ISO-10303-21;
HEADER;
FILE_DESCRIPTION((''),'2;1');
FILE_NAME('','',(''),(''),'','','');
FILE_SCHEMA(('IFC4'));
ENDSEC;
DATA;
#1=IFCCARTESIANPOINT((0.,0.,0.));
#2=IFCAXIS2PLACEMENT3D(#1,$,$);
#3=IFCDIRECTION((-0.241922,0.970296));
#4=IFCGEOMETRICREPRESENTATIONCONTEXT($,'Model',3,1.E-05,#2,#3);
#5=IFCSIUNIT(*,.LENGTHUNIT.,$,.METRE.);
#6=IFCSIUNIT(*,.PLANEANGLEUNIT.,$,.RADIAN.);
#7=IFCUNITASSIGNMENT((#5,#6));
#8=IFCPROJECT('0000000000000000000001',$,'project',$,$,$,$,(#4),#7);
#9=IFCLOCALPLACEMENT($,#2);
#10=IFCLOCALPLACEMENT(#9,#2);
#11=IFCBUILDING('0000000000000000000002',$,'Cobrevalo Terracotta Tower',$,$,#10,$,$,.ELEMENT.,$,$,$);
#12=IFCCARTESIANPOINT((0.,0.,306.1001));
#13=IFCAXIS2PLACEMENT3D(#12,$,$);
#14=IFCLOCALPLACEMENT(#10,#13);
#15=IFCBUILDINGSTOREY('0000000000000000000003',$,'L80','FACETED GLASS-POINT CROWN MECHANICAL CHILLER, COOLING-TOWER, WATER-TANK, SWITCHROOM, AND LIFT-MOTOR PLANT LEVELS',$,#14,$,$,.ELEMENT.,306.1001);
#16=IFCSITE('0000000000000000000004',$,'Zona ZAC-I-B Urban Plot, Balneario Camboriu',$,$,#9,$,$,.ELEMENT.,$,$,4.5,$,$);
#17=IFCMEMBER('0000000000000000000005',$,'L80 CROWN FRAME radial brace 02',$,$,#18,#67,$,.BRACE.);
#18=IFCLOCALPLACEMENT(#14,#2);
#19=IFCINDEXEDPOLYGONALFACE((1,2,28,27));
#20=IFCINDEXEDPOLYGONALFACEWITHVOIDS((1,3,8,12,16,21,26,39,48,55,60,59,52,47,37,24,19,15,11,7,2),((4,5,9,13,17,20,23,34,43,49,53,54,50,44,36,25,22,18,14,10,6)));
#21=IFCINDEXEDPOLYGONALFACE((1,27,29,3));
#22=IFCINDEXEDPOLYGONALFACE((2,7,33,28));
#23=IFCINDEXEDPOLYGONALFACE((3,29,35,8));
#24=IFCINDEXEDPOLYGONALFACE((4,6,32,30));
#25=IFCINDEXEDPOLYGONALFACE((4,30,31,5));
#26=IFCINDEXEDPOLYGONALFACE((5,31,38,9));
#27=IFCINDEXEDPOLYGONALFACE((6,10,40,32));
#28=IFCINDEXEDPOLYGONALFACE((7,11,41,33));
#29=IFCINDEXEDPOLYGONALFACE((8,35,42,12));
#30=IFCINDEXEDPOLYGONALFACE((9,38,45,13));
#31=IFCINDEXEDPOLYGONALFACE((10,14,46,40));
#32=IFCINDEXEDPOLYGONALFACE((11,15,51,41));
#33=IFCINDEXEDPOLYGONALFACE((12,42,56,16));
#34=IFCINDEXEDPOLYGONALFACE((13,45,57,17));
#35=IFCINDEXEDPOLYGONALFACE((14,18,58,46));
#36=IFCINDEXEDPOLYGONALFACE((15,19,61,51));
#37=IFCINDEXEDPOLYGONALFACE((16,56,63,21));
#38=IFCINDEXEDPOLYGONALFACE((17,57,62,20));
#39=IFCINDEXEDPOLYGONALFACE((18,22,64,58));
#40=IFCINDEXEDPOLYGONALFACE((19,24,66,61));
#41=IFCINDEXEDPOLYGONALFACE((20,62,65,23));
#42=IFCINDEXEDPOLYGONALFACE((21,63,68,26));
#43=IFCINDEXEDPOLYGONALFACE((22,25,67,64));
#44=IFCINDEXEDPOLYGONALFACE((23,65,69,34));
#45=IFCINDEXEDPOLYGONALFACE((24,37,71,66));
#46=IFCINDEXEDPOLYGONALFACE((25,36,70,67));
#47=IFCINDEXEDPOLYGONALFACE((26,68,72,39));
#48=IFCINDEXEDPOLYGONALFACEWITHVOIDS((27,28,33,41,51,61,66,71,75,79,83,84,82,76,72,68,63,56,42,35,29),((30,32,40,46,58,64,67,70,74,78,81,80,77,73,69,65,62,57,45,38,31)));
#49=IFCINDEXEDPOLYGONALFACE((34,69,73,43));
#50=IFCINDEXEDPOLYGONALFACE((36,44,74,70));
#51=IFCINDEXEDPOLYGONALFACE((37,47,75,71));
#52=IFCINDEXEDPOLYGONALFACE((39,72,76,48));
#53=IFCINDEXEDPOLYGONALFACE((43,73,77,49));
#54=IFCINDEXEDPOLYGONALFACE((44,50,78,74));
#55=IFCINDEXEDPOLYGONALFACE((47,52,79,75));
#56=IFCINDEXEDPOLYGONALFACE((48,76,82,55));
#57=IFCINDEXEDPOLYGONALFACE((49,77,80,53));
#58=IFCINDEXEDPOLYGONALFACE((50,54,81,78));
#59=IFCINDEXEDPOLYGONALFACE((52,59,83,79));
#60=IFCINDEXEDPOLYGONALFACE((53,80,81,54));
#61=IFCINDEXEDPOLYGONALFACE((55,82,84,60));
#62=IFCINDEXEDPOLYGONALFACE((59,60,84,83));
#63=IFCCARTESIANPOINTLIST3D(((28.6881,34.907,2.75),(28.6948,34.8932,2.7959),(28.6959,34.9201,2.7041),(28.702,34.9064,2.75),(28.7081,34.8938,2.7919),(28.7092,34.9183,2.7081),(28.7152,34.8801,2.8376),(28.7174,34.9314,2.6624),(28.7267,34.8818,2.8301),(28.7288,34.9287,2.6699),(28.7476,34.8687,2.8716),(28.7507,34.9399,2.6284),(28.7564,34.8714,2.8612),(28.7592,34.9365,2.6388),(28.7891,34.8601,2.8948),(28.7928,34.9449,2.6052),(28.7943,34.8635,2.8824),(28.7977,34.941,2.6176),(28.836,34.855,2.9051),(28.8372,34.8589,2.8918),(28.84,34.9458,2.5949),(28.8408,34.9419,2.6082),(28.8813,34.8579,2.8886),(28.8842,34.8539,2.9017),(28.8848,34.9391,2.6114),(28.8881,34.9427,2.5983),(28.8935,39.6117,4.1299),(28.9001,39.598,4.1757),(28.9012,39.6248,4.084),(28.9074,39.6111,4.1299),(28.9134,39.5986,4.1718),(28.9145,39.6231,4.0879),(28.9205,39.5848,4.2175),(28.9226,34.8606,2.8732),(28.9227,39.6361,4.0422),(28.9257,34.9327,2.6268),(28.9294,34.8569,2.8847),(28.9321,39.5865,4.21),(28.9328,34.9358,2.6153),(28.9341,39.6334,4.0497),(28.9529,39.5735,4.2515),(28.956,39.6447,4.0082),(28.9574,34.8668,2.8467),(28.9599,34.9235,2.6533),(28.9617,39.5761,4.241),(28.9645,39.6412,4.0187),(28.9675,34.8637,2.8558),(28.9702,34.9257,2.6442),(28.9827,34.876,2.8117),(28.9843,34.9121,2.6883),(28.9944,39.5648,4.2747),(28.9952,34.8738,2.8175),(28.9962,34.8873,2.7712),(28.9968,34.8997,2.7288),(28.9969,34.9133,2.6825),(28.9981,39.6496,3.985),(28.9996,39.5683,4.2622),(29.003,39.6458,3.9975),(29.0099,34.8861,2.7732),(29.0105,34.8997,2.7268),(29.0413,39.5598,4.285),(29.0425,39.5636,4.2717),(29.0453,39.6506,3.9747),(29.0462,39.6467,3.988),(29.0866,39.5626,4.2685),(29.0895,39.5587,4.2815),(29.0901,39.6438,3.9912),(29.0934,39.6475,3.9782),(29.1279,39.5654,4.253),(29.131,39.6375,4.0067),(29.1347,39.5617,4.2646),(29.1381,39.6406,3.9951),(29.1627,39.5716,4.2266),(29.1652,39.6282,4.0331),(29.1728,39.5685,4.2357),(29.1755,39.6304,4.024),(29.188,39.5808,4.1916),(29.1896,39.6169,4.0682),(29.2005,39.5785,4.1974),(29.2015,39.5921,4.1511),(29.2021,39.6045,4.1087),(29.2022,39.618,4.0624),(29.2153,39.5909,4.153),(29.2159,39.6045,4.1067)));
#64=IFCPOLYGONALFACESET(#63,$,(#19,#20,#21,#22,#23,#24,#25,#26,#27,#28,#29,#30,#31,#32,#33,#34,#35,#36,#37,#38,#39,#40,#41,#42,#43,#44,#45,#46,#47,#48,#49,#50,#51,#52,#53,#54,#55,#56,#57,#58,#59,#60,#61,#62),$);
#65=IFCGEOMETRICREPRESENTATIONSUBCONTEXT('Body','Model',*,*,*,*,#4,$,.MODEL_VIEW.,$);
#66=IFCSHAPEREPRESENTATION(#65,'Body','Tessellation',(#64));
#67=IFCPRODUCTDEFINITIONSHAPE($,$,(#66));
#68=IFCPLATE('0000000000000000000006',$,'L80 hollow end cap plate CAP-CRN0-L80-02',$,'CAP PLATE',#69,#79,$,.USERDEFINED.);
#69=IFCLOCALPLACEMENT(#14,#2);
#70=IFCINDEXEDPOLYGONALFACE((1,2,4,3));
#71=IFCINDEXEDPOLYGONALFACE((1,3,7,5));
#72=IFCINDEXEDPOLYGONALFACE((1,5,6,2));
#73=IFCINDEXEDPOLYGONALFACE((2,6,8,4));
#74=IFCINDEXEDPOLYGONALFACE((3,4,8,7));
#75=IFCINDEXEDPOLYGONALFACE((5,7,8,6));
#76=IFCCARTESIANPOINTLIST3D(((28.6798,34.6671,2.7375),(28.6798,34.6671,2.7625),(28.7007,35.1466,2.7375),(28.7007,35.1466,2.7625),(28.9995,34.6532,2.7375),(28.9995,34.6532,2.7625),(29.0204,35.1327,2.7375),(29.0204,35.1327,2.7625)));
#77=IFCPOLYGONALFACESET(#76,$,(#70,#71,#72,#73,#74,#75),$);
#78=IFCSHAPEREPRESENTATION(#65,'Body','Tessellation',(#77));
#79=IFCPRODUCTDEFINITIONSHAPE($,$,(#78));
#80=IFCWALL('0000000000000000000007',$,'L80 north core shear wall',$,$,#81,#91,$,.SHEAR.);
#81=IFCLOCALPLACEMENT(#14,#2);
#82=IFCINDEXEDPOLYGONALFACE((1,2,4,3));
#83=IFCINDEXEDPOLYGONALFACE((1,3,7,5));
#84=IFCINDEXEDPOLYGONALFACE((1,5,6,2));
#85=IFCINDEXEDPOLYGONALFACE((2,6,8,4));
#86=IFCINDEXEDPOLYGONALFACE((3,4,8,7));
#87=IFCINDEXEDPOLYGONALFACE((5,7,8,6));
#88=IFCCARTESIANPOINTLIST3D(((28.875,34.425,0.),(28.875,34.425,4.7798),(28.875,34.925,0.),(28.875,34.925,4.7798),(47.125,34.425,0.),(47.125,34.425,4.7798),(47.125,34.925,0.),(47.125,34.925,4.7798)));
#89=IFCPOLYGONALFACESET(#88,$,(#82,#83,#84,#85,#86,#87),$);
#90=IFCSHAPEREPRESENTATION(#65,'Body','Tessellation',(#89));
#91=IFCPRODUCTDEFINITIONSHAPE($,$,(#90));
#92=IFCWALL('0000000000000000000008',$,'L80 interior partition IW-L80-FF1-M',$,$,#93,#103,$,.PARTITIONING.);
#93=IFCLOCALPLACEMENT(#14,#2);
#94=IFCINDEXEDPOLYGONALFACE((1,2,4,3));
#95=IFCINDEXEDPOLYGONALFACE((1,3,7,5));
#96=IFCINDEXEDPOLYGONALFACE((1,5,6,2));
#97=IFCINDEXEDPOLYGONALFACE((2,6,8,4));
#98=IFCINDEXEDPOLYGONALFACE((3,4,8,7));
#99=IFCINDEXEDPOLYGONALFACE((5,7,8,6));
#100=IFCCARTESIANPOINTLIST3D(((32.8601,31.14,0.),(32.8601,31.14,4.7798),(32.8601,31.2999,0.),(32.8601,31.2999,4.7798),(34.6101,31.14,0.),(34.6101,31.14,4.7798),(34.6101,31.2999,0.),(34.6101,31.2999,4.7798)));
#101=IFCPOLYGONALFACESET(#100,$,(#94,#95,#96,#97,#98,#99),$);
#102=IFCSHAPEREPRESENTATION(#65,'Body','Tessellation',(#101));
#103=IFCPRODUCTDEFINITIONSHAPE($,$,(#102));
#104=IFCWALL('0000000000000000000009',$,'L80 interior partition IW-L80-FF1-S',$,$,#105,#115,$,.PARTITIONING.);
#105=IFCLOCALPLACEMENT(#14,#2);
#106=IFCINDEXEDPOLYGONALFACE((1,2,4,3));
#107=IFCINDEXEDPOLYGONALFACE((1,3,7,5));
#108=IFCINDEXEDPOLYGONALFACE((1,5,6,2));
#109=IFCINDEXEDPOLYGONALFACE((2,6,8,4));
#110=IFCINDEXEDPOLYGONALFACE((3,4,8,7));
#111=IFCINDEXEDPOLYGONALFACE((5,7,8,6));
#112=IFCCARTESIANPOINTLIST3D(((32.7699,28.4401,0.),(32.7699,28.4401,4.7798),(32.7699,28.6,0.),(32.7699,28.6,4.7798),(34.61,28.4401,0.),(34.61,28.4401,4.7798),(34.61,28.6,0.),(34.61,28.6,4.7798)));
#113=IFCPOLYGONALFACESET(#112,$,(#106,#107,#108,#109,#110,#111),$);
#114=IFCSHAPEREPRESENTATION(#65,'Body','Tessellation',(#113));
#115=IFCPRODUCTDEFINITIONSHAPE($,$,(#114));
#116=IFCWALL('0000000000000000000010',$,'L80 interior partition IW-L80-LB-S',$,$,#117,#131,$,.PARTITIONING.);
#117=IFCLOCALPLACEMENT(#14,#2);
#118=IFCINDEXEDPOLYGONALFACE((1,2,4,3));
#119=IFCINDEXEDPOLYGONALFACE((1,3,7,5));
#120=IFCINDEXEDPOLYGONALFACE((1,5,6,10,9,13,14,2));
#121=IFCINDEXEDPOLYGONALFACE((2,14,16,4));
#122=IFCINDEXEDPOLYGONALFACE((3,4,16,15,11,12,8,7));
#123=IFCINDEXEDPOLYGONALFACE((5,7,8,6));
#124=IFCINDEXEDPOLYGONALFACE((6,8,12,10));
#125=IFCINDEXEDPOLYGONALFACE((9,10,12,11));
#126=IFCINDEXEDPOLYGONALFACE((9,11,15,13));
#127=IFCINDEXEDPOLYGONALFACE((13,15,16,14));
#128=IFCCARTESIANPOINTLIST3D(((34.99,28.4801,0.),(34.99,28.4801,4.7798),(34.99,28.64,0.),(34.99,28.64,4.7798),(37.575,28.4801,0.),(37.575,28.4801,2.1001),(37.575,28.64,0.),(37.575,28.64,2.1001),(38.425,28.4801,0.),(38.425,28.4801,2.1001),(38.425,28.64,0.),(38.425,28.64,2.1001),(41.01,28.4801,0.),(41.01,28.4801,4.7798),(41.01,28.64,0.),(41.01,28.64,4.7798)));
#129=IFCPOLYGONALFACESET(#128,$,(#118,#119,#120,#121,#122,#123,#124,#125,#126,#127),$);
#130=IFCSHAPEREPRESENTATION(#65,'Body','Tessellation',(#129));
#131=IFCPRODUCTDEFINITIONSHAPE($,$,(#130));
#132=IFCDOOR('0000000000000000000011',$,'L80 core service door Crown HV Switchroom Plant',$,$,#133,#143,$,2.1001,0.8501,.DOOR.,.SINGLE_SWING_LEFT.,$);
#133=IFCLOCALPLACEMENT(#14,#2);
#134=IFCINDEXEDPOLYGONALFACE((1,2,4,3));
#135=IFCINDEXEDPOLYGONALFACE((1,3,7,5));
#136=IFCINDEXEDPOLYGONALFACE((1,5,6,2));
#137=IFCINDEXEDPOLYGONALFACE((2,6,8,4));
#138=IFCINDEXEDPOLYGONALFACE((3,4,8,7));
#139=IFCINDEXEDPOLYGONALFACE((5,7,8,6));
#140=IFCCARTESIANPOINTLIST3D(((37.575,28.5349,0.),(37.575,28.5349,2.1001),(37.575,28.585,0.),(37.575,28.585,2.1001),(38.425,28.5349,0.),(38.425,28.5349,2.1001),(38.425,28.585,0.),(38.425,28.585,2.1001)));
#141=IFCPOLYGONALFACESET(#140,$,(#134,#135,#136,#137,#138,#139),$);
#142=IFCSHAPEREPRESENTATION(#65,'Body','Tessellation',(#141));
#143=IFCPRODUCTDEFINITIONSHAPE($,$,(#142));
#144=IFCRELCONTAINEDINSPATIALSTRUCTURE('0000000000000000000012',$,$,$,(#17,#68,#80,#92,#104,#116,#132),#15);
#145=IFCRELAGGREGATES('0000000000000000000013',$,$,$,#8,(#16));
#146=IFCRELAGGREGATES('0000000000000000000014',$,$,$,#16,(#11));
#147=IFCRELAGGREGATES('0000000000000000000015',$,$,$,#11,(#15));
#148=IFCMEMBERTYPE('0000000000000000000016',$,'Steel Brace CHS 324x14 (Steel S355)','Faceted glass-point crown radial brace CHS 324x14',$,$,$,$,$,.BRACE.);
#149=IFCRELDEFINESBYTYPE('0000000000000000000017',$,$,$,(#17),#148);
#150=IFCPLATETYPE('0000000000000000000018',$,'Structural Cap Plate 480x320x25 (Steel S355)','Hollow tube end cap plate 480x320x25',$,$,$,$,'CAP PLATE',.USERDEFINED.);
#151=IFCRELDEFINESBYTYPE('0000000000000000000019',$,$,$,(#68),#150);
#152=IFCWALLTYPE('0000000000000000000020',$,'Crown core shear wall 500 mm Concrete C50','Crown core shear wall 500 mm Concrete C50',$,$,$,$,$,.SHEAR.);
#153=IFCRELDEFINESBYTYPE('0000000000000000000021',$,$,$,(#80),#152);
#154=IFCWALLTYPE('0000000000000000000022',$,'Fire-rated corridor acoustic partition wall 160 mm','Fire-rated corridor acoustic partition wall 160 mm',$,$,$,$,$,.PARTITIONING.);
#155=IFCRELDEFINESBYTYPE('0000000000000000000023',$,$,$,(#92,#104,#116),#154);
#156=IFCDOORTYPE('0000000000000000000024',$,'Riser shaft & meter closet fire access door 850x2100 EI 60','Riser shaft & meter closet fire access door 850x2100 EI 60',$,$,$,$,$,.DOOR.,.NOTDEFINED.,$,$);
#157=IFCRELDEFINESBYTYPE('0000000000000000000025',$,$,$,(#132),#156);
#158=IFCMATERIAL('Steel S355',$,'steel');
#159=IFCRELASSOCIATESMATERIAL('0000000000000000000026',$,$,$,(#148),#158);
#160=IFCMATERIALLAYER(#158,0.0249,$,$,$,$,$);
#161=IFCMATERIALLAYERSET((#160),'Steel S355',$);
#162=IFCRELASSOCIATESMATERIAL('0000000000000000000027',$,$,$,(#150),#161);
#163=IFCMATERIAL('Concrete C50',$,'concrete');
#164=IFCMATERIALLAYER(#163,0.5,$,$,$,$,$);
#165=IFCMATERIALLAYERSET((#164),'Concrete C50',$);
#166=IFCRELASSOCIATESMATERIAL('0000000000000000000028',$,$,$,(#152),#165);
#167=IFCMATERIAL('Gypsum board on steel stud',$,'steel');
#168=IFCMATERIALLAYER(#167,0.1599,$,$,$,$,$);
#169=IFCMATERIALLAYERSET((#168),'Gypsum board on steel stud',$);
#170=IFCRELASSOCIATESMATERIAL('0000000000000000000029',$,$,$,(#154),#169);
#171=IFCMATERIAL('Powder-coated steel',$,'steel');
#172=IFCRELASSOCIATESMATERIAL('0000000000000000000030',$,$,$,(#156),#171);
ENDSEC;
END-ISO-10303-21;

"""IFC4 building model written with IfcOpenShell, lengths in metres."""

from ifc_helpers import new_model, si_unit, direction, frame, frame_2d, origin, origin_2d, place, context, subcontext, project, spatial, rectangle, hollow_circle, extrude, source, transform, mapped, material, layer, layer_set, material_profile, profile_set, type_object, element, fill, save


model = new_model("IFC4")

# Units and contexts
model_context = context("Model", 3, precision=1e-05, world=origin(), true_north=direction((-0.241922, 0.970296)))
body_context = subcontext(model_context, "Body", "Model", "MODEL_VIEW")
ifc_project = project(units=[si_unit("LENGTHUNIT", "METRE"), si_unit("PLANEANGLEUNIT", "RADIAN")], contexts=[model_context])

# Site, building, storey
site_placement = place(None, origin())
site = spatial("IfcSite", under=ifc_project, at=site_placement, Name="Zona ZAC-I-B Urban Plot, Balneario Camboriu", CompositionType="ELEMENT", RefElevation=4.5)
building_placement = place(site_placement, origin())
building = spatial("IfcBuilding", under=site, at=building_placement, Name="Cobrevalo Terracotta Tower", CompositionType="ELEMENT")
storey_placement = place(building_placement, frame((0.0, 0.0, 306.1001)))
storey = spatial("IfcBuildingStorey", under=building, at=storey_placement, Name="L80", Description="FACETED GLASS-POINT CROWN MECHANICAL CHILLER, COOLING-TOWER, WATER-TANK, SWITCHROOM, AND LIFT-MOTOR PLANT LEVELS", CompositionType="ELEMENT", Elevation=306.1001)

# Shared definitions
ifc_material_1 = material(Name="Steel S355", Category="steel")
ifc_material_2 = material(Name="Concrete C50", Category="concrete")

# Member
ifc_material_profile_1 = material_profile(ifc_material_1, hollow_circle(Radius=0.1621, WallThickness=0.0139, at=origin_2d()), Name="CHS 324x14")
ifc_profile_set_1 = profile_set([ifc_material_profile_1], Name="Steel S355")
member_type = type_object("IfcMemberType", Name="Steel Brace CHS 324x14 (Steel S355)", Description="Faceted glass-point crown radial brace CHS 324x14", PredefinedType="BRACE", material=ifc_profile_set_1)
shared_shape_1 = source(origin(), body_context, "Body", "SweptSolid", [
    extrude(hollow_circle(Radius=0.1621, WallThickness=0.0139, at=origin_2d()), origin(), (0.0, 0.0, 1.0), 4.9072),
])
member_placement = place(storey_placement, frame((28.8501, 34.8999, 2.75), z_axis=(0.04184, 0.95874, 0.281189), x_axis=(-0.999049, 0.043599, 0.0)))
element("IfcMember", 1, at=member_placement, inside=storey, type_object=member_type, Name="L80 CROWN FRAME radial brace 02", PredefinedType="BRACE", context=body_context, shape_type="MappedRepresentation", body=[
    mapped(shared_shape_1, transform((0.0, 0.0, 0.0), scale=1.0)),
])

# Plate
ifc_layer_1 = layer(ifc_material_1, 0.0249)
ifc_layer_set_1 = layer_set([ifc_layer_1], Name="Steel S355")
plate_type = type_object("IfcPlateType", Name="Structural Cap Plate 480x320x25 (Steel S355)", Description="Hollow tube end cap plate 480x320x25", ElementType="CAP PLATE", PredefinedType="USERDEFINED", material=ifc_layer_set_1)
shared_shape_2 = source(origin(), body_context, "Body", "SweptSolid", [
    extrude(rectangle(XDim=0.48, YDim=0.3201, at=origin_2d()), origin(), (0.0, 0.0, 1.0), 0.0249),
])
plate_placement = place(storey_placement, frame((28.8501, 34.8999, 2.7375), z_axis=(0.0, 0.0, 1.0), x_axis=(0.0436, 0.999049, 0.0)))
element("IfcPlate", 2, at=plate_placement, inside=storey, type_object=plate_type, Name="L80 hollow end cap plate CAP-CRN0-L80-02", ObjectType="CAP PLATE", PredefinedType="USERDEFINED", context=body_context, shape_type="MappedRepresentation", body=[
    mapped(shared_shape_2, transform((0.0, 0.0, 0.0), scale=1.0)),
])

# Walls
ifc_layer_2 = layer(ifc_material_2, 0.5)
ifc_layer_set_2 = layer_set([ifc_layer_2], Name="Concrete C50")
wall_type_1 = type_object("IfcWallType", Name="Crown core shear wall 500 mm Concrete C50", Description="Crown core shear wall 500 mm Concrete C50", PredefinedType="SHEAR", material=ifc_layer_set_2)
wall_1_placement = place(storey_placement, frame((28.875, 34.675, 0.0), z_axis=(0.0, 0.0, 1.0), x_axis=(1.0, 0.0, 0.0)))
element("IfcWall", 3, at=wall_1_placement, inside=storey, type_object=wall_type_1, Name="L80 north core shear wall", PredefinedType="SHEAR", context=body_context, shape_type="SweptSolid", body=[
    extrude(rectangle(XDim=18.25, YDim=0.5, at=frame_2d((9.125, 0.0))), origin(), (0.0, 0.0, 1.0), 4.7798),
])
ifc_material_3 = material(Name="Gypsum board on steel stud", Category="steel")
ifc_layer_3 = layer(ifc_material_3, 0.1599)
ifc_layer_set_3 = layer_set([ifc_layer_3], Name="Gypsum board on steel stud")
wall_type_2 = type_object("IfcWallType", Name="Fire-rated corridor acoustic partition wall 160 mm", Description="Fire-rated corridor acoustic partition wall 160 mm", PredefinedType="PARTITIONING", material=ifc_layer_set_3)
wall_2_placement = place(storey_placement, frame((32.8601, 31.22, 0.0), z_axis=(0.0, 0.0, 1.0), x_axis=(1.0, 0.0, 0.0)))
element("IfcWall", 4, at=wall_2_placement, inside=storey, type_object=wall_type_2, Name="L80 interior partition IW-L80-FF1-M", PredefinedType="PARTITIONING", context=body_context, shape_type="SweptSolid", body=[
    extrude(rectangle(XDim=1.75, YDim=0.1599, at=frame_2d((0.875, 0.0))), origin(), (0.0, 0.0, 1.0), 4.7798),
])
wall_3_placement = place(storey_placement, frame((32.77, 28.52, 0.0), z_axis=(0.0, 0.0, 1.0), x_axis=(1.0, 0.0, 0.0)))
element("IfcWall", 5, at=wall_3_placement, inside=storey, type_object=wall_type_2, Name="L80 interior partition IW-L80-FF1-S", PredefinedType="PARTITIONING", context=body_context, shape_type="SweptSolid", body=[
    extrude(rectangle(XDim=1.8401, YDim=0.1599, at=frame_2d((0.9199, 0.0))), origin(), (0.0, 0.0, 1.0), 4.7798),
])

# Wall, opening, door
wall_4_placement = place(storey_placement, frame((34.99, 28.5601, 0.0), z_axis=(0.0, 0.0, 1.0), x_axis=(1.0, 0.0, 0.0)))
wall_4 = element("IfcWall", 6, at=wall_4_placement, inside=storey, type_object=wall_type_2, Name="L80 interior partition IW-L80-LB-S", PredefinedType="PARTITIONING", context=body_context, shape_type="SweptSolid", body=[
    extrude(rectangle(XDim=6.02, YDim=0.1599, at=frame_2d((3.01, 0.0))), origin(), (0.0, 0.0, 1.0), 4.7798),
])
opening_1_placement = place(wall_4_placement, frame((2.585, 0.0, 0.0)))
opening_1 = element("IfcOpeningElement", 7, at=opening_1_placement, cuts=wall_4, PredefinedType="OPENING", context=body_context, shape_type="SweptSolid", body=[
    extrude(rectangle(XDim=0.8501, YDim=2.1001, at=frame_2d((0.425, 1.05))), frame((0.0, 0.0898, 0.0), z_axis=(0.0, -1.0, 0.0), x_axis=(1.0, 0.0, 0.0)), (0.0, 0.0, 1.0), 0.1799),
])
ifc_material_4 = material(Name="Powder-coated steel", Category="steel")
door_type_1 = type_object("IfcDoorType", Name="Riser shaft & meter closet fire access door 850x2100 EI 60", Description="Riser shaft & meter closet fire access door 850x2100 EI 60", OperationType="NOTDEFINED", PredefinedType="DOOR", material=ifc_material_4)
shared_shape_3 = source(origin(), body_context, "Body", "SweptSolid", [
    extrude(rectangle(XDim=0.8501, YDim=2.1001, at=frame_2d((0.425, 1.05))), frame((0.0, 0.0249, 0.0), z_axis=(0.0, -1.0, 0.0), x_axis=(1.0, 0.0, 0.0)), (0.0, 0.0, 1.0), 0.05),
])
door_1_placement = place(opening_1_placement, origin())
door_1 = element("IfcDoor", 8, at=door_1_placement, inside=storey, type_object=door_type_1, Name="L80 core service door Crown HV Switchroom Plant", OperationType="SINGLE_SWING_LEFT", OverallHeight=2.1001, OverallWidth=0.8501, PredefinedType="DOOR", context=body_context, shape_type="MappedRepresentation", body=[
    mapped(shared_shape_3, transform((0.0, 0.0, 0.0), scale=1.0)),
])
fill(opening_1, door_1)

save(model, "model.ifc")
